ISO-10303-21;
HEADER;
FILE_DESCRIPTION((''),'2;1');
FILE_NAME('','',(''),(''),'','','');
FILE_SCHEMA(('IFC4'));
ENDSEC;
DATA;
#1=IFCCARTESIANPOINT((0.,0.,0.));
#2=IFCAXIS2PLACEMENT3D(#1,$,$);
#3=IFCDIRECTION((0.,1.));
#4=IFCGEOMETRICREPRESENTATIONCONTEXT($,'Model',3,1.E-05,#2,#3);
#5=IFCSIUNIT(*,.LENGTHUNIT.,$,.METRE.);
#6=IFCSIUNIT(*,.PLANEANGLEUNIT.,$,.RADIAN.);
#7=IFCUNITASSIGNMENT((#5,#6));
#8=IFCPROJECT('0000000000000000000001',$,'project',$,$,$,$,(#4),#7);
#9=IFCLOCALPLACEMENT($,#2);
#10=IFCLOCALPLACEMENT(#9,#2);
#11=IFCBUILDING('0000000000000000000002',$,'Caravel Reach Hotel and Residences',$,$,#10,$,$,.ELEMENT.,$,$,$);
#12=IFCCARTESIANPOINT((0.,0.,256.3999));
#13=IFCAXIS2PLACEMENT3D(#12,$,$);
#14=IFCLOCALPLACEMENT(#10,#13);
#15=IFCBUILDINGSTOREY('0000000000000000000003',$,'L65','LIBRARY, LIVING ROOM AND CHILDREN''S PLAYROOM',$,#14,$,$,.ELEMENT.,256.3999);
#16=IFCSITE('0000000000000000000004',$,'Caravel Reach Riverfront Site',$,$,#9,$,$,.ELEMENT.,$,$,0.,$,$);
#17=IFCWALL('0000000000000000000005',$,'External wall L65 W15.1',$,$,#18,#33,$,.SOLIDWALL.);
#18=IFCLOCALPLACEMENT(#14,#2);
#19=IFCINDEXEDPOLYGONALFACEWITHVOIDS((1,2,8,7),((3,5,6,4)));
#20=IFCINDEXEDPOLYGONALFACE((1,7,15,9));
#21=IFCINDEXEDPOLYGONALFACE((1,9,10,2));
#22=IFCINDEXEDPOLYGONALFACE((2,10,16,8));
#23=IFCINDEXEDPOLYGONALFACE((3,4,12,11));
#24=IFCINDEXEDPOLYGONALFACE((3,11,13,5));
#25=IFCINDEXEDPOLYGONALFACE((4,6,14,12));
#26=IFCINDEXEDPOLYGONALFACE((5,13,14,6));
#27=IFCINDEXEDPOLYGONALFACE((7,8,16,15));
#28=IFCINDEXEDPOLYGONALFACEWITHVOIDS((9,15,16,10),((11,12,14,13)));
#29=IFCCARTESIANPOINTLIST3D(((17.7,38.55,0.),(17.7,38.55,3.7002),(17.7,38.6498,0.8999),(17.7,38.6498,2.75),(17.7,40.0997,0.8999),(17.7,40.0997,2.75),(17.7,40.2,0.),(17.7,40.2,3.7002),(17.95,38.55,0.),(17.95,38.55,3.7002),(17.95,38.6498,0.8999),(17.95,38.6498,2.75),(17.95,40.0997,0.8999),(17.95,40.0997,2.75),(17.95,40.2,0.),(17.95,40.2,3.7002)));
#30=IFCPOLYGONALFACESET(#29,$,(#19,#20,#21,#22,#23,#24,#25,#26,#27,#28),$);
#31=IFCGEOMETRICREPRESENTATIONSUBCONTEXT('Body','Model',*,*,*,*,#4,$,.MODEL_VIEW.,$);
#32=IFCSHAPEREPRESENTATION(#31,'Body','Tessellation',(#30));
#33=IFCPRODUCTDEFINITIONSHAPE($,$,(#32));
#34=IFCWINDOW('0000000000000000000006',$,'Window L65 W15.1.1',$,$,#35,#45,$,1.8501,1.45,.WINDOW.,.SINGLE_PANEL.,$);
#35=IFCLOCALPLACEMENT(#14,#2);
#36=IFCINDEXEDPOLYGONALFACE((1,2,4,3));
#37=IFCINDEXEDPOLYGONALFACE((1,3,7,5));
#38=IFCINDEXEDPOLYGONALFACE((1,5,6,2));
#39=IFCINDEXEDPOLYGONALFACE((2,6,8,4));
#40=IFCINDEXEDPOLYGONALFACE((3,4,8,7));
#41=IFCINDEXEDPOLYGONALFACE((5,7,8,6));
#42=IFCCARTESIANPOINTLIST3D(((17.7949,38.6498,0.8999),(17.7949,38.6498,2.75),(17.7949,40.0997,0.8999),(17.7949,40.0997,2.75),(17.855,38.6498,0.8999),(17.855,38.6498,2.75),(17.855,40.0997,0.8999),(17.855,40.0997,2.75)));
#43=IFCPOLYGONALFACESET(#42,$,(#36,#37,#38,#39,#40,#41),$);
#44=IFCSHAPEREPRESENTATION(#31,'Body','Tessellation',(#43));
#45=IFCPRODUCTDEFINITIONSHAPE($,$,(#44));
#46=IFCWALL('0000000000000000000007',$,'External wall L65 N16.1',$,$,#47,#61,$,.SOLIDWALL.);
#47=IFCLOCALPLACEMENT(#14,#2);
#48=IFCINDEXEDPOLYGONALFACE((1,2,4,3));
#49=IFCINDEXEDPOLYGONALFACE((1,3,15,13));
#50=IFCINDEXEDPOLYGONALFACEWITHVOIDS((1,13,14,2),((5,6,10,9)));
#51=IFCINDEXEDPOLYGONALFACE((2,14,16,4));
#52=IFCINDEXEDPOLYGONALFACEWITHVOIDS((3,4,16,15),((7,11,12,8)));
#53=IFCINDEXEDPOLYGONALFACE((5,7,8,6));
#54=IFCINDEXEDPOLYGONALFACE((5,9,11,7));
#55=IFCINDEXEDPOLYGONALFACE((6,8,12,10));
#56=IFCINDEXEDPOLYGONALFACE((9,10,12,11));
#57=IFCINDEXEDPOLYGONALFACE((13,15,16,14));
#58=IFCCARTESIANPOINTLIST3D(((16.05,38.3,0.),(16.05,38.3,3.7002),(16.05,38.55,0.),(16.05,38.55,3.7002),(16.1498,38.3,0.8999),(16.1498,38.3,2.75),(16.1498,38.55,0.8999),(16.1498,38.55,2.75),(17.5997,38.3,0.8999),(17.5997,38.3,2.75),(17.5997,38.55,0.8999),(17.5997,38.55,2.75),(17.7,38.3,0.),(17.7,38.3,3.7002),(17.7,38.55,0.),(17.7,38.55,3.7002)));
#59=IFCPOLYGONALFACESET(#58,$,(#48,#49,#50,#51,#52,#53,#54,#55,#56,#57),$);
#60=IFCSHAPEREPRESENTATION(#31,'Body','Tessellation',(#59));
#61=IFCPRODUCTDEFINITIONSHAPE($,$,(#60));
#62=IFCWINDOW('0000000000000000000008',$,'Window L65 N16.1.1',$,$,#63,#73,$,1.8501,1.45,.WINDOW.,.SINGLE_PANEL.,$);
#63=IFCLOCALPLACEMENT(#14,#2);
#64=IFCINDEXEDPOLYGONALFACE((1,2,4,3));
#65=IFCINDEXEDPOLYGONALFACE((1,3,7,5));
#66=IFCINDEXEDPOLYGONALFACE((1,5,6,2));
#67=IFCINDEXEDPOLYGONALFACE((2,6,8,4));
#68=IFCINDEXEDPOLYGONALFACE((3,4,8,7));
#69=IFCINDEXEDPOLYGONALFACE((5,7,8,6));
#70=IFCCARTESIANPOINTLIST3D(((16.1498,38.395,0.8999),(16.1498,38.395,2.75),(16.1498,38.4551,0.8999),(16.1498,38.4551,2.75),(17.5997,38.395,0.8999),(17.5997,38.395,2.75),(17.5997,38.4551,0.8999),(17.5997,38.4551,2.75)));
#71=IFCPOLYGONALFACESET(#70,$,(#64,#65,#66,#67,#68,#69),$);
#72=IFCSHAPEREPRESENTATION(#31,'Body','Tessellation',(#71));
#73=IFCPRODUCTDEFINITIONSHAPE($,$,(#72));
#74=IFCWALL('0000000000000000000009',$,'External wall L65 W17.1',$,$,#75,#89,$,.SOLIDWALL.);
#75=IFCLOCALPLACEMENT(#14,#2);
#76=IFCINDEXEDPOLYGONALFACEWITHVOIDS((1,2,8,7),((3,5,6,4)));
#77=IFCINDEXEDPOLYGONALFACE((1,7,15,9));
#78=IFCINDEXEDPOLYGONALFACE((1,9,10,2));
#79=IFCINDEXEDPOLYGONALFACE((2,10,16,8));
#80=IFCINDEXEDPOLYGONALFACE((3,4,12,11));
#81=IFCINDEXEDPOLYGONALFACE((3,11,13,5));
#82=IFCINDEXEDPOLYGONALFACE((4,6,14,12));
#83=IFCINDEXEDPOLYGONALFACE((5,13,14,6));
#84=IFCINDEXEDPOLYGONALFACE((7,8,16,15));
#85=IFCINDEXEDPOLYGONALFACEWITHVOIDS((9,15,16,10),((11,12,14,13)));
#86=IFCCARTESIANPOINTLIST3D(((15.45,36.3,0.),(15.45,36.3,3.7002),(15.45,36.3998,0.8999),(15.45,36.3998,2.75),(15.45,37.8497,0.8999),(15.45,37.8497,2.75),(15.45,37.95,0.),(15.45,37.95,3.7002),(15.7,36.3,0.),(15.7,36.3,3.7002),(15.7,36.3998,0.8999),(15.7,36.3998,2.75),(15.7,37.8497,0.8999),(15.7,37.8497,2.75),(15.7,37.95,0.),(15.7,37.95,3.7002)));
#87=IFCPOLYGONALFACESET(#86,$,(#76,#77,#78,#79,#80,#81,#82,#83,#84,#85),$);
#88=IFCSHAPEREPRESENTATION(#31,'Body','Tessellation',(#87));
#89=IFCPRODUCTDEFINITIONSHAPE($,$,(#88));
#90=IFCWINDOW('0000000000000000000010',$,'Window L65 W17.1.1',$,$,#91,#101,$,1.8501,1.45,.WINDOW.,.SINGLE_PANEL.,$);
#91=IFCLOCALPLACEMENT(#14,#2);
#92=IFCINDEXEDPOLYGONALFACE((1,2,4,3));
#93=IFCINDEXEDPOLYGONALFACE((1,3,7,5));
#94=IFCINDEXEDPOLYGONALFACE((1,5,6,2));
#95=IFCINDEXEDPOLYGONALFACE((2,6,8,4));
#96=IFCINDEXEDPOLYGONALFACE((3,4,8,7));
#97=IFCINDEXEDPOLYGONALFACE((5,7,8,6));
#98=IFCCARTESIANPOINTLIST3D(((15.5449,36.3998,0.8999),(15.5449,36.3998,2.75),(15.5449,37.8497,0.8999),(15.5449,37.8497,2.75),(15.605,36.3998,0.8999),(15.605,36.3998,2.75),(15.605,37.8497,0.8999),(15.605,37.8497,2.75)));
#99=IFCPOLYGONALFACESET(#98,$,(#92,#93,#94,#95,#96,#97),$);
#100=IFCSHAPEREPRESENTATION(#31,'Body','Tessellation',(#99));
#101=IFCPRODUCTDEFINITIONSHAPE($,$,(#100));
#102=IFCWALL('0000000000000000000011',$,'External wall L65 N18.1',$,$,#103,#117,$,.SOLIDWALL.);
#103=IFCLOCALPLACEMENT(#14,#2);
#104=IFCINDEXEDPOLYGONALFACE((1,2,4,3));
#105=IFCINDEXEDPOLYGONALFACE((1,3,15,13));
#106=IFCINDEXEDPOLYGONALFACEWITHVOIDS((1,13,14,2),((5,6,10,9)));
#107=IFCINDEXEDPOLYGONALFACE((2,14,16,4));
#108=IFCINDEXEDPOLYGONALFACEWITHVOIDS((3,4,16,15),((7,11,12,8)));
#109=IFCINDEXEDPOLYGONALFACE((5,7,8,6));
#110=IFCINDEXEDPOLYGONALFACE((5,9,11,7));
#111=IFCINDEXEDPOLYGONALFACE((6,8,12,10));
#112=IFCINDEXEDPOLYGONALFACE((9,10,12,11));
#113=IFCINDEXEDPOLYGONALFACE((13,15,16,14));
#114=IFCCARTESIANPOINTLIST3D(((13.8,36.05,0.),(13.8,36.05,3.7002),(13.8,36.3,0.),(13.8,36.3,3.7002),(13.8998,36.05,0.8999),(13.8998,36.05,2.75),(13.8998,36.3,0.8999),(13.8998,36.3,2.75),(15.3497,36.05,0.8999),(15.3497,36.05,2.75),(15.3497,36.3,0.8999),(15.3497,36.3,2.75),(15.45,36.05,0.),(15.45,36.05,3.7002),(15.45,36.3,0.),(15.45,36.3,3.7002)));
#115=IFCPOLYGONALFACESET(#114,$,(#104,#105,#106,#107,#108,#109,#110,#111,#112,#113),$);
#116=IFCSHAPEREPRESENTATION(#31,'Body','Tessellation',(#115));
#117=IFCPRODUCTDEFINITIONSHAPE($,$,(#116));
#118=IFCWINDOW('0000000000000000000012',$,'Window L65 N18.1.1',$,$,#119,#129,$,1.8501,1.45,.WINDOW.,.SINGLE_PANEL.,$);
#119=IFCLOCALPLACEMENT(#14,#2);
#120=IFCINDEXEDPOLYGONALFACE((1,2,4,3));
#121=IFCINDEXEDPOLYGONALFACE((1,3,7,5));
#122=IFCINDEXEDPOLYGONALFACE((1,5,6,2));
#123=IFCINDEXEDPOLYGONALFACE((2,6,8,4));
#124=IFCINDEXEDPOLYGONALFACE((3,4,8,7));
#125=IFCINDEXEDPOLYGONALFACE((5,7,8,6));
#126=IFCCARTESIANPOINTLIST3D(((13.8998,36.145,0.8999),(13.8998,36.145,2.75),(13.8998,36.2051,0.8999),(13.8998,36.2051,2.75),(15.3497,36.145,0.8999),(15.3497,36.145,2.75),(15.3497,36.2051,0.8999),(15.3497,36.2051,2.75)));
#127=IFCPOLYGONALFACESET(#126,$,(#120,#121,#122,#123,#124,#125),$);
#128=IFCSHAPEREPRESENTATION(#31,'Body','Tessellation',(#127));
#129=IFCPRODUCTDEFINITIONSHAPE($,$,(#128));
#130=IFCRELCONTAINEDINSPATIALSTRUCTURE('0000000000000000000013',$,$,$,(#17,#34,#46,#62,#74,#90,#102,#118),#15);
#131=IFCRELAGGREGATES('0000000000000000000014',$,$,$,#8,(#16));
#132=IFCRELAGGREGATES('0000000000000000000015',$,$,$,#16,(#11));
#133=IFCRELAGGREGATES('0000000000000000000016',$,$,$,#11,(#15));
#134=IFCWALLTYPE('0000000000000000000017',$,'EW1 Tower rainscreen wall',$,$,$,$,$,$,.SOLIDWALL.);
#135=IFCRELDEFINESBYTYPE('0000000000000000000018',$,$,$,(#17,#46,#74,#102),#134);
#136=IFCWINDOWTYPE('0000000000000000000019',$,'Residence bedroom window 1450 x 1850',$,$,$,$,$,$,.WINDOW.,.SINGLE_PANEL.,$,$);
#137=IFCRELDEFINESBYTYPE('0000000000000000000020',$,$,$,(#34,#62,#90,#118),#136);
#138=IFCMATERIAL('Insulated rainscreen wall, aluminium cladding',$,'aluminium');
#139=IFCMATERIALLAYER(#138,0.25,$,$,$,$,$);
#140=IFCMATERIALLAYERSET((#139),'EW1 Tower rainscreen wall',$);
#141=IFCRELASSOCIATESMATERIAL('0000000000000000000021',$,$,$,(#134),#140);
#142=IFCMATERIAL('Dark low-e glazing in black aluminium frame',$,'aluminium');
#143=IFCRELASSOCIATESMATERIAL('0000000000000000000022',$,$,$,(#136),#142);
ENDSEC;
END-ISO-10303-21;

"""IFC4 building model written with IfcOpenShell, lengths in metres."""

from ifc_helpers import new_model, si_unit, direction, frame, frame_2d, origin, place, context, subcontext, project, spatial, rectangle, extrude, material, layer, layer_set, type_object, element, fill, save


model = new_model("IFC4")

# Units and contexts
model_context = context("Model", 3, precision=1e-05, world=origin(), true_north=direction((0.0, 1.0)))
body_context = subcontext(model_context, "Body", "Model", "MODEL_VIEW")
ifc_project = project(units=[si_unit("LENGTHUNIT", "METRE"), si_unit("PLANEANGLEUNIT", "RADIAN")], contexts=[model_context])

# Site, building, storey
site_placement = place(None, origin())
site = spatial("IfcSite", under=ifc_project, at=site_placement, Name="Caravel Reach Riverfront Site", CompositionType="ELEMENT", RefElevation=0.0)
building_placement = place(site_placement, origin())
building = spatial("IfcBuilding", under=site, at=building_placement, Name="Caravel Reach Hotel and Residences", CompositionType="ELEMENT")
storey_placement = place(building_placement, frame((0.0, 0.0, 256.3999)))
storey = spatial("IfcBuildingStorey", under=building, at=storey_placement, Name="L65", Description="LIBRARY, LIVING ROOM AND CHILDREN'S PLAYROOM", CompositionType="ELEMENT", Elevation=256.3999)

# Walls, openings, windows
ifc_material_1 = material(Name="Insulated rainscreen wall, aluminium cladding", Category="aluminium")
ifc_layer_1 = layer(ifc_material_1, 0.25)
ifc_layer_set_1 = layer_set([ifc_layer_1], Name="EW1 Tower rainscreen wall")
wall_type_1 = type_object("IfcWallType", Name="EW1 Tower rainscreen wall", PredefinedType="SOLIDWALL", material=ifc_layer_set_1)
wall_1_placement = place(storey_placement, frame((17.825, 40.2, 0.0), z_axis=(0.0, 0.0, 1.0), x_axis=(0.0, -1.0, 0.0)))
wall_1 = element("IfcWall", 1, at=wall_1_placement, inside=storey, type_object=wall_type_1, Name="External wall L65 W15.1", PredefinedType="SOLIDWALL", context=body_context, shape_type="SweptSolid", body=[
    extrude(rectangle(XDim=1.6499, YDim=0.25, at=frame_2d((0.825, 0.0))), origin(), (0.0, 0.0, 1.0), 3.7002),
])
opening_1_placement = place(wall_1_placement, frame((0.1001, 0.0, 0.8999)))
opening_1 = element("IfcOpeningElement", 2, at=opening_1_placement, cuts=wall_1, PredefinedType="OPENING", context=body_context, shape_type="SweptSolid", body=[
    extrude(rectangle(XDim=1.45, YDim=1.8501, at=frame_2d((0.7251, 0.925))), frame((0.0, 0.135, 0.0), z_axis=(0.0, -1.0, 0.0), x_axis=(1.0, 0.0, 0.0)), (0.0, 0.0, 1.0), 0.27),
])
ifc_material_2 = material(Name="Dark low-e glazing in black aluminium frame", Category="aluminium")
window_type_1 = type_object("IfcWindowType", Name="Residence bedroom window 1450 x 1850", PartitioningType="SINGLE_PANEL", PredefinedType="WINDOW", material=ifc_material_2)
window_1_placement = place(opening_1_placement, origin())
window_1 = element("IfcWindow", 3, at=window_1_placement, inside=storey, type_object=window_type_1, Name="Window L65 W15.1.1", OverallHeight=1.8501, OverallWidth=1.45, PartitioningType="SINGLE_PANEL", PredefinedType="WINDOW", context=body_context, shape_type="SweptSolid", body=[
    extrude(rectangle(XDim=1.45, YDim=1.8501, at=frame_2d((0.7251, 0.925))), frame((0.0, 0.03, 0.0), z_axis=(0.0, -1.0, 0.0), x_axis=(1.0, 0.0, 0.0)), (0.0, 0.0, 1.0), 0.0601),
])
fill(opening_1, window_1)
wall_2_placement = place(storey_placement, frame((17.7, 38.425, 0.0), z_axis=(0.0, 0.0, 1.0), x_axis=(-1.0, 0.0, 0.0)))
wall_2 = element("IfcWall", 4, at=wall_2_placement, inside=storey, type_object=wall_type_1, Name="External wall L65 N16.1", PredefinedType="SOLIDWALL", context=body_context, shape_type="SweptSolid", body=[
    extrude(rectangle(XDim=1.6499, YDim=0.25, at=frame_2d((0.825, 0.0))), origin(), (0.0, 0.0, 1.0), 3.7002),
])
opening_2_placement = place(wall_2_placement, frame((0.1001, 0.0, 0.8999)))
opening_2 = element("IfcOpeningElement", 5, at=opening_2_placement, cuts=wall_2, PredefinedType="OPENING", context=body_context, shape_type="SweptSolid", body=[
    extrude(rectangle(XDim=1.45, YDim=1.8501, at=frame_2d((0.7251, 0.925))), frame((0.0, 0.135, 0.0), z_axis=(0.0, -1.0, 0.0), x_axis=(1.0, 0.0, 0.0)), (0.0, 0.0, 1.0), 0.27),
])
window_2_placement = place(opening_2_placement, origin())
window_2 = element("IfcWindow", 6, at=window_2_placement, inside=storey, type_object=window_type_1, Name="Window L65 N16.1.1", OverallHeight=1.8501, OverallWidth=1.45, PartitioningType="SINGLE_PANEL", PredefinedType="WINDOW", context=body_context, shape_type="SweptSolid", body=[
    extrude(rectangle(XDim=1.45, YDim=1.8501, at=frame_2d((0.7251, 0.925))), frame((0.0, 0.03, 0.0), z_axis=(0.0, -1.0, 0.0), x_axis=(1.0, 0.0, 0.0)), (0.0, 0.0, 1.0), 0.0601),
])
fill(opening_2, window_2)
wall_3_placement = place(storey_placement, frame((15.575, 37.95, 0.0), z_axis=(0.0, 0.0, 1.0), x_axis=(0.0, -1.0, 0.0)))
wall_3 = element("IfcWall", 7, at=wall_3_placement, inside=storey, type_object=wall_type_1, Name="External wall L65 W17.1", PredefinedType="SOLIDWALL", context=body_context, shape_type="SweptSolid", body=[
    extrude(rectangle(XDim=1.6499, YDim=0.25, at=frame_2d((0.825, 0.0))), origin(), (0.0, 0.0, 1.0), 3.7002),
])
opening_3_placement = place(wall_3_placement, frame((0.1001, 0.0, 0.8999)))
opening_3 = element("IfcOpeningElement", 8, at=opening_3_placement, cuts=wall_3, PredefinedType="OPENING", context=body_context, shape_type="SweptSolid", body=[
    extrude(rectangle(XDim=1.45, YDim=1.8501, at=frame_2d((0.7251, 0.925))), frame((0.0, 0.135, 0.0), z_axis=(0.0, -1.0, 0.0), x_axis=(1.0, 0.0, 0.0)), (0.0, 0.0, 1.0), 0.27),
])
window_3_placement = place(opening_3_placement, origin())
window_3 = element("IfcWindow", 9, at=window_3_placement, inside=storey, type_object=window_type_1, Name="Window L65 W17.1.1", OverallHeight=1.8501, OverallWidth=1.45, PartitioningType="SINGLE_PANEL", PredefinedType="WINDOW", context=body_context, shape_type="SweptSolid", body=[
    extrude(rectangle(XDim=1.45, YDim=1.8501, at=frame_2d((0.7251, 0.925))), frame((0.0, 0.03, 0.0), z_axis=(0.0, -1.0, 0.0), x_axis=(1.0, 0.0, 0.0)), (0.0, 0.0, 1.0), 0.0601),
])
fill(opening_3, window_3)
wall_4_placement = place(storey_placement, frame((15.45, 36.175, 0.0), z_axis=(0.0, 0.0, 1.0), x_axis=(-1.0, 0.0, 0.0)))
wall_4 = element("IfcWall", 10, at=wall_4_placement, inside=storey, type_object=wall_type_1, Name="External wall L65 N18.1", PredefinedType="SOLIDWALL", context=body_context, shape_type="SweptSolid", body=[
    extrude(rectangle(XDim=1.6499, YDim=0.25, at=frame_2d((0.825, 0.0))), origin(), (0.0, 0.0, 1.0), 3.7002),
])
opening_4_placement = place(wall_4_placement, frame((0.1001, 0.0, 0.8999)))
opening_4 = element("IfcOpeningElement", 11, at=opening_4_placement, cuts=wall_4, PredefinedType="OPENING", context=body_context, shape_type="SweptSolid", body=[
    extrude(rectangle(XDim=1.45, YDim=1.8501, at=frame_2d((0.7251, 0.925))), frame((0.0, 0.135, 0.0), z_axis=(0.0, -1.0, 0.0), x_axis=(1.0, 0.0, 0.0)), (0.0, 0.0, 1.0), 0.27),
])
window_4_placement = place(opening_4_placement, origin())
window_4 = element("IfcWindow", 12, at=window_4_placement, inside=storey, type_object=window_type_1, Name="Window L65 N18.1.1", OverallHeight=1.8501, OverallWidth=1.45, PartitioningType="SINGLE_PANEL", PredefinedType="WINDOW", context=body_context, shape_type="SweptSolid", body=[
    extrude(rectangle(XDim=1.45, YDim=1.8501, at=frame_2d((0.7251, 0.925))), frame((0.0, 0.03, 0.0), z_axis=(0.0, -1.0, 0.0), x_axis=(1.0, 0.0, 0.0)), (0.0, 0.0, 1.0), 0.0601),
])
fill(opening_4, window_4)

save(model, "model.ifc")
